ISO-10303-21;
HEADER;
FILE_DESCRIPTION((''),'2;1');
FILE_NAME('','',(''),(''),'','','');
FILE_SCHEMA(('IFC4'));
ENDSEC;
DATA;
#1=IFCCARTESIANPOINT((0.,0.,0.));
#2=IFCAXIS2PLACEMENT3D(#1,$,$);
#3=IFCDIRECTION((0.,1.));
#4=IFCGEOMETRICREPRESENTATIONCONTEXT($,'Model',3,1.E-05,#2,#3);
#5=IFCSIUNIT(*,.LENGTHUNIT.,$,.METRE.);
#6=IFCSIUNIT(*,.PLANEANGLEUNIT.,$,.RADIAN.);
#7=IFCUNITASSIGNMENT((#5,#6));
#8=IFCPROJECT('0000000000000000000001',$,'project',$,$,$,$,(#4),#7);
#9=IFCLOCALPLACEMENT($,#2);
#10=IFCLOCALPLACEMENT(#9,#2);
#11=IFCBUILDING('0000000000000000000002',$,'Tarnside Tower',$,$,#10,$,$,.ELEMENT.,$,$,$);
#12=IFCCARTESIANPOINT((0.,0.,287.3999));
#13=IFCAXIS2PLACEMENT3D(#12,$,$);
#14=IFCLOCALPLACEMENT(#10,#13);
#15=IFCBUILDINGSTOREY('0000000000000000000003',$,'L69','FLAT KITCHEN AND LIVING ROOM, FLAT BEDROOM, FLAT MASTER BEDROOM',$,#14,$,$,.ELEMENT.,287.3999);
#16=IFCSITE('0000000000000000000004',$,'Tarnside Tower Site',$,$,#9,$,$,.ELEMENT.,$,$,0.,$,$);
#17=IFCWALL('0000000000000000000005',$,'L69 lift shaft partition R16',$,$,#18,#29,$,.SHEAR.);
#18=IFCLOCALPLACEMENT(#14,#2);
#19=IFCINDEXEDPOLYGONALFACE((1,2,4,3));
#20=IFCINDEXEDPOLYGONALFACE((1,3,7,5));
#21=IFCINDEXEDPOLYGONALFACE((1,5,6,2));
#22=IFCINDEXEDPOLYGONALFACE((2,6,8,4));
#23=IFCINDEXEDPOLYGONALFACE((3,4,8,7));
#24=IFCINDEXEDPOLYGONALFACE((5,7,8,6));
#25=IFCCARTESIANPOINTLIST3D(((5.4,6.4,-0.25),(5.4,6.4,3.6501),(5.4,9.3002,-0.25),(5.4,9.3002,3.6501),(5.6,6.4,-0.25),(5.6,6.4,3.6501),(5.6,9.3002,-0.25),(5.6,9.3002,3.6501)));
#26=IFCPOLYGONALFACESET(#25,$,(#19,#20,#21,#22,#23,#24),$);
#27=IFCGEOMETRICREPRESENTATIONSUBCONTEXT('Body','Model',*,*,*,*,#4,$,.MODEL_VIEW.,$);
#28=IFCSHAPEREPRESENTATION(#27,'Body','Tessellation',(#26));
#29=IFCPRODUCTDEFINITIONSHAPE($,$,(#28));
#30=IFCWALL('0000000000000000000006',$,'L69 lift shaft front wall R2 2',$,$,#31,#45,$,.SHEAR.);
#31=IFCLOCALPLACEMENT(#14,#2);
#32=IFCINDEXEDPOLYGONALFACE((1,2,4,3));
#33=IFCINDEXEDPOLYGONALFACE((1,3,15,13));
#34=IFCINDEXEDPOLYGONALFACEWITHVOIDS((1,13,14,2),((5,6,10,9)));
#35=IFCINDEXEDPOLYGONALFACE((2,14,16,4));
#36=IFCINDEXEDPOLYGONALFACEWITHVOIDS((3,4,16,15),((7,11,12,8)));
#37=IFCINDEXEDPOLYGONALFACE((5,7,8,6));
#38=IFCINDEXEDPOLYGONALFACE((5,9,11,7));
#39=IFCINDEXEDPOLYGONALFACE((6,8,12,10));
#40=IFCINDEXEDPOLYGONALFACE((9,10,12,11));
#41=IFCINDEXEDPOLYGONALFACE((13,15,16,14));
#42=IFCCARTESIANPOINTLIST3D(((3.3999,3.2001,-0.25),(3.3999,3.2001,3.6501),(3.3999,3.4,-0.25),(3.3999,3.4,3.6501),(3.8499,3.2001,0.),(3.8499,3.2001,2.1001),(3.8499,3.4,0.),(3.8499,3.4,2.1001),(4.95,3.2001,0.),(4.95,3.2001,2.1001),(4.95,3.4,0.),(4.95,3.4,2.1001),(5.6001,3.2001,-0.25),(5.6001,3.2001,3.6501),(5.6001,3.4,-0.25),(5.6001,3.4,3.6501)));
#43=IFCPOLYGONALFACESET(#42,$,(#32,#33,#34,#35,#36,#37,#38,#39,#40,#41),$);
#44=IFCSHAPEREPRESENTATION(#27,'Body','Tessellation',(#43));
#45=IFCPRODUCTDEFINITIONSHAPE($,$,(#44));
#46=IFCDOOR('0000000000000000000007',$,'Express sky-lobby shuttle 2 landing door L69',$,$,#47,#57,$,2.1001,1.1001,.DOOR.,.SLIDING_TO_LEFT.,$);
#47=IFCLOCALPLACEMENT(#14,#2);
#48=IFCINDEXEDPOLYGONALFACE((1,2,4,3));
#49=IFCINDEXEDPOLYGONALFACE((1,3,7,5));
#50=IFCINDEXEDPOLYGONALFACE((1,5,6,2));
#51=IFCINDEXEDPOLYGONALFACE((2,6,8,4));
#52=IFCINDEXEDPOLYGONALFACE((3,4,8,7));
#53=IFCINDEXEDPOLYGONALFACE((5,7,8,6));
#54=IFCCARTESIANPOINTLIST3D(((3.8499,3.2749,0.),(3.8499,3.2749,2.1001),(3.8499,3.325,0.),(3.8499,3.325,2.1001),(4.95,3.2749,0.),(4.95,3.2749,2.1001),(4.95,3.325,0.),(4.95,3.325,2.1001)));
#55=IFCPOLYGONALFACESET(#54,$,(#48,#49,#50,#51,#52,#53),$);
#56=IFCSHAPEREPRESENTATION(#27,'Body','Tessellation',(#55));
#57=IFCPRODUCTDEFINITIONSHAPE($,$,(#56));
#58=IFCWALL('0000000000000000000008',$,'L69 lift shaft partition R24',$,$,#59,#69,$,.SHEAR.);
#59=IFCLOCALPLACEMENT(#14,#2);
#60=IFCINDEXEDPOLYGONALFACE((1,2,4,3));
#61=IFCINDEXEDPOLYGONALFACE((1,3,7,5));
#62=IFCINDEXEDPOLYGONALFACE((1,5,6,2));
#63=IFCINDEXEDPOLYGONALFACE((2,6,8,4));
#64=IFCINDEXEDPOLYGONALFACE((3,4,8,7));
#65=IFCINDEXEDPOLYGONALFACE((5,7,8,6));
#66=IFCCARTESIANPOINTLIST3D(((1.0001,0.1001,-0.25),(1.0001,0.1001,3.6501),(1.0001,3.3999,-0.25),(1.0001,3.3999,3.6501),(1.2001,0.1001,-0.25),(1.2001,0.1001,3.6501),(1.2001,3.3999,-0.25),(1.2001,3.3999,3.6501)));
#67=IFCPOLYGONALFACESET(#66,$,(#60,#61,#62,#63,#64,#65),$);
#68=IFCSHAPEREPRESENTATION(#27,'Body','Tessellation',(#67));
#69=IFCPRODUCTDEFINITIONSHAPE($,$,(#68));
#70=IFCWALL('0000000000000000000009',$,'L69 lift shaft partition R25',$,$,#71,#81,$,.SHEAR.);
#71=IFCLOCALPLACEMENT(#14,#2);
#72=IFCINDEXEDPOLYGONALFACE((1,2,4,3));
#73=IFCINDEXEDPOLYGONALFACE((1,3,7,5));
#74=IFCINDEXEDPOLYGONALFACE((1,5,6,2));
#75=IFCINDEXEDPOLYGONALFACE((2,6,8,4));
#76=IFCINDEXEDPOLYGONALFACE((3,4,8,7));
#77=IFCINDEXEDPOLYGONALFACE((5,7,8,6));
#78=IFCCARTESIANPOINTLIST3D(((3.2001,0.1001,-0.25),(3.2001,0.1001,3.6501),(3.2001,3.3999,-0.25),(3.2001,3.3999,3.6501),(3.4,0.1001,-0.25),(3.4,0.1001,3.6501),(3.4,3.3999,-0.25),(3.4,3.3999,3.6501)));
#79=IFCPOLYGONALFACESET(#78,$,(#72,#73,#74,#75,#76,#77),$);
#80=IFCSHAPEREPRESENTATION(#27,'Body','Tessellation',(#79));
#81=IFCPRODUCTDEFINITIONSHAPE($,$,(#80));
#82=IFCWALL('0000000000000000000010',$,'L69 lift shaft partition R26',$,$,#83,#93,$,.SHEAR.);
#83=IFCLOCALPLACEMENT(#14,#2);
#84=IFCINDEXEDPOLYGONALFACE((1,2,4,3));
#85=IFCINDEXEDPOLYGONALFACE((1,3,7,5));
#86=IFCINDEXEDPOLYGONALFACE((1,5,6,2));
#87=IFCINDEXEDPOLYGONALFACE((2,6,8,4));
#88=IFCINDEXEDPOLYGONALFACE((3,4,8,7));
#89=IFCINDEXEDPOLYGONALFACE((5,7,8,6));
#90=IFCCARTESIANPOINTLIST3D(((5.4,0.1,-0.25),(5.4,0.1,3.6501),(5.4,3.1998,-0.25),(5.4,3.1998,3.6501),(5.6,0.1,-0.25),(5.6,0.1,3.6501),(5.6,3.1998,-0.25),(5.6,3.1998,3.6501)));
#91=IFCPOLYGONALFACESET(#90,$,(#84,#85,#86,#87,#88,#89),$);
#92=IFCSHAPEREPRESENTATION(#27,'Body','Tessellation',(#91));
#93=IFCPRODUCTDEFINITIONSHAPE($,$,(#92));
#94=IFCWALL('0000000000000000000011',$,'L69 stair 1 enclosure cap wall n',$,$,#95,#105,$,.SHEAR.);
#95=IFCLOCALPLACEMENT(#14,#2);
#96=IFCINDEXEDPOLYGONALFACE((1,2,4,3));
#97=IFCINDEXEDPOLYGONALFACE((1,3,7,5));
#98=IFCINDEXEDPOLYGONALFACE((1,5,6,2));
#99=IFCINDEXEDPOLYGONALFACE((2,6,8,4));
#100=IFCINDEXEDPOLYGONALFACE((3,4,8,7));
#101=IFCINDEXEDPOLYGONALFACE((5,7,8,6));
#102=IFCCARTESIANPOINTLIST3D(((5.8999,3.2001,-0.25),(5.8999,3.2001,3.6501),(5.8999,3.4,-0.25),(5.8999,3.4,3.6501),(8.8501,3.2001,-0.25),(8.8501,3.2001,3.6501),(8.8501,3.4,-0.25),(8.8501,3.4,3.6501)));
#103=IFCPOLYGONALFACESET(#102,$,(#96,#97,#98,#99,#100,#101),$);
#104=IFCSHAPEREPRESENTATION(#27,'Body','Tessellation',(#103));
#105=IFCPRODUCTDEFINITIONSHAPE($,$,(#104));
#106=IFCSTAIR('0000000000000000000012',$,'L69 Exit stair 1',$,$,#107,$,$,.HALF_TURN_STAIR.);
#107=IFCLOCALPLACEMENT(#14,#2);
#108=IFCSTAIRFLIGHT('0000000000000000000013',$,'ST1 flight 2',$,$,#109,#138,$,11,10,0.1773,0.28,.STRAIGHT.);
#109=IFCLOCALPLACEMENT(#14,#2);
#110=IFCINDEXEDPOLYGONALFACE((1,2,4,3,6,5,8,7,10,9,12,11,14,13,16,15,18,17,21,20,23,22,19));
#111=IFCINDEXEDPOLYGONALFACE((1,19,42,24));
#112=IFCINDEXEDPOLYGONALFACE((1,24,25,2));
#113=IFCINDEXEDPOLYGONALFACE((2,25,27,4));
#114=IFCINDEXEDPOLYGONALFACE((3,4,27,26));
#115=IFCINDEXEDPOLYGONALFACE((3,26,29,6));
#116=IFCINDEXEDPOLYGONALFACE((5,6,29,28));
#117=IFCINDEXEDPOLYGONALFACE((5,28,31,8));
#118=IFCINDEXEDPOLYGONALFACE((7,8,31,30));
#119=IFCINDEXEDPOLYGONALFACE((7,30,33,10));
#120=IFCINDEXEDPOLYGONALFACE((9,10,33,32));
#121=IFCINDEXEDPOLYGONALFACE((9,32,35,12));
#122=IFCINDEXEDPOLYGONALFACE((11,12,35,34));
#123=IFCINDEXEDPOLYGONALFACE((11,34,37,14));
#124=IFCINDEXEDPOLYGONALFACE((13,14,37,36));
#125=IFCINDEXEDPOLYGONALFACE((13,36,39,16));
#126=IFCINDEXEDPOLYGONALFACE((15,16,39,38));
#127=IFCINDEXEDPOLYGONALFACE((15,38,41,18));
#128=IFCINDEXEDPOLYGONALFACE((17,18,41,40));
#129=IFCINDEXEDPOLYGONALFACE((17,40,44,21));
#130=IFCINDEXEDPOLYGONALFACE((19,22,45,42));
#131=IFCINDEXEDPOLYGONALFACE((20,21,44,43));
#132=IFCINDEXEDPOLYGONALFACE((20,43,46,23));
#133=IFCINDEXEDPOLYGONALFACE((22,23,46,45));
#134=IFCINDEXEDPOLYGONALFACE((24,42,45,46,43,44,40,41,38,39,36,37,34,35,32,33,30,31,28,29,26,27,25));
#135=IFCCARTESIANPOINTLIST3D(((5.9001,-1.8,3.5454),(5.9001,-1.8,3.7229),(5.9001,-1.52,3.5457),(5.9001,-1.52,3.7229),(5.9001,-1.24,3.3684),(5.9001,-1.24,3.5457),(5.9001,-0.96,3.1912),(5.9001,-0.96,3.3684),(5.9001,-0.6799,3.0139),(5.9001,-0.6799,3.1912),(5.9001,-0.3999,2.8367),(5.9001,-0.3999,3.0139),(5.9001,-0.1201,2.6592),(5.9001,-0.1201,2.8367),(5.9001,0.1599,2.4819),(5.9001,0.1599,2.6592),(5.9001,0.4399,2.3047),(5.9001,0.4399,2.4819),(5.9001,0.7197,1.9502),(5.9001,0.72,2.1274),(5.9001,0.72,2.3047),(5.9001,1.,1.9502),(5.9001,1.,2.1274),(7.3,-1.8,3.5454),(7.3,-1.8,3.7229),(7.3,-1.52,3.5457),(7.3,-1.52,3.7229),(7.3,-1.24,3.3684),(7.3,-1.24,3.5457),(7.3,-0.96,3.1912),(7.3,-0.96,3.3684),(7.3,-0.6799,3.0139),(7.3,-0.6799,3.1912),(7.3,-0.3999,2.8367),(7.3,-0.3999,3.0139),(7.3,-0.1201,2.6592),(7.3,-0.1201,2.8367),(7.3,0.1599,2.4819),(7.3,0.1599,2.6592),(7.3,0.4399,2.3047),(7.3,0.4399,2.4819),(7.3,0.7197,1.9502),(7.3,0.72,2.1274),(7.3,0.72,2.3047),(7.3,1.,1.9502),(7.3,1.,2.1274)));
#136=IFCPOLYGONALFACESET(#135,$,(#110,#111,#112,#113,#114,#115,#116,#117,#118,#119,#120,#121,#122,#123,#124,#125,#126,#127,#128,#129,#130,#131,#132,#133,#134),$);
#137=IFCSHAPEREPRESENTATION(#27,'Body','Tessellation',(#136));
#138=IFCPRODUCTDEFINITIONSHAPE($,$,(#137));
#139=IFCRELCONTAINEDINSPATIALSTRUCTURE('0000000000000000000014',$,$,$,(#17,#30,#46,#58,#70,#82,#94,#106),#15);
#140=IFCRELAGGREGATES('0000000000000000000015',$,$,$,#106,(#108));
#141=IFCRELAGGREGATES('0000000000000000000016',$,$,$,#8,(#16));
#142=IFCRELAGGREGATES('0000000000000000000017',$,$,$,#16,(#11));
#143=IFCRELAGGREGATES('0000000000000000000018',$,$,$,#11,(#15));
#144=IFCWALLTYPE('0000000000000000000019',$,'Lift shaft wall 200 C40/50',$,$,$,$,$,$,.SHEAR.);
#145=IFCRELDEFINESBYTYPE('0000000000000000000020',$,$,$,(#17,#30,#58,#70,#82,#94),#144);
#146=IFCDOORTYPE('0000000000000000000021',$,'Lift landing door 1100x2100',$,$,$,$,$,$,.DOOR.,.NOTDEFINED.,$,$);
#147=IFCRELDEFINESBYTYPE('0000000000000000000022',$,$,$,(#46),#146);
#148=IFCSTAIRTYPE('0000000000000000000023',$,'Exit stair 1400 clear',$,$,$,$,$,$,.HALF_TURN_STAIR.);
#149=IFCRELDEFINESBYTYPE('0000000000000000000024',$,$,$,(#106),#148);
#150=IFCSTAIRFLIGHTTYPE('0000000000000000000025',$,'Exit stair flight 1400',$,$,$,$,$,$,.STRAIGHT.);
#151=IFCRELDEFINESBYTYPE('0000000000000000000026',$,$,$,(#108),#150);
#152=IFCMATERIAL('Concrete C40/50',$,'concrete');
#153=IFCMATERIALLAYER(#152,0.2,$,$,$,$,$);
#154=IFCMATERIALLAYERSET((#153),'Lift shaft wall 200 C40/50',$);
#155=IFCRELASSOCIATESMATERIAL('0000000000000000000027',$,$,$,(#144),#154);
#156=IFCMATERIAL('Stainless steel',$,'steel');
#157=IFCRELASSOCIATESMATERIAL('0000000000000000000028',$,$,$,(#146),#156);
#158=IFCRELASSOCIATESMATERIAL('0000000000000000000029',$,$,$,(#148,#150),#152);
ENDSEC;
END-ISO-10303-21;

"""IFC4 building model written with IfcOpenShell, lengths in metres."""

from ifc_helpers import new_model, si_unit, direction, frame, frame_2d, origin, place, context, subcontext, project, spatial, polyline, rectangle, outline, extrude, material, layer, layer_set, type_object, element, fill, aggregate, save


model = new_model("IFC4")

# Units and contexts
model_context = context("Model", 3, precision=1e-05, world=origin(), true_north=direction((0.0, 1.0)))
body_context = subcontext(model_context, "Body", "Model", "MODEL_VIEW")
ifc_project = project(units=[si_unit("LENGTHUNIT", "METRE"), si_unit("PLANEANGLEUNIT", "RADIAN")], contexts=[model_context])

# Site, building, storey
site_placement = place(None, origin())
site = spatial("IfcSite", under=ifc_project, at=site_placement, Name="Tarnside Tower Site", CompositionType="ELEMENT", RefElevation=0.0)
building_placement = place(site_placement, origin())
building = spatial("IfcBuilding", under=site, at=building_placement, Name="Tarnside Tower", CompositionType="ELEMENT")
storey_placement = place(building_placement, frame((0.0, 0.0, 287.3999)))
storey = spatial("IfcBuildingStorey", under=building, at=storey_placement, Name="L69", Description="FLAT KITCHEN AND LIVING ROOM, FLAT BEDROOM, FLAT MASTER BEDROOM", CompositionType="ELEMENT", Elevation=287.3999)

# Shared definitions
ifc_material_1 = material(Name="Concrete C40/50", Category="concrete")

# Wall
ifc_layer_1 = layer(ifc_material_1, 0.2)
ifc_layer_set_1 = layer_set([ifc_layer_1], Name="Lift shaft wall 200 C40/50")
wall_type_1 = type_object("IfcWallType", Name="Lift shaft wall 200 C40/50", PredefinedType="SHEAR", material=ifc_layer_set_1)
for number, where, z_axis, x_axis, name in (
    (1, (5.5, 6.3999, -0.25), (0.0, 0.0, 1.0), (0.0, 1.0, 0.0), "L69 lift shaft partition R16"),
):
    element("IfcWall", number, at=place(storey_placement, frame(where, z_axis=z_axis, x_axis=x_axis)), inside=storey, type_object=wall_type_1, Name=name, PredefinedType="SHEAR", context=body_context, shape_type="SweptSolid", body=[
        extrude(rectangle(XDim=2.9001, YDim=0.2, at=frame_2d((1.4502, 0.0))), origin(), (0.0, 0.0, 1.0), 3.9001),
    ])

# Wall, opening, door
wall_1_placement = place(storey_placement, frame((3.3999, 3.3, -0.25), z_axis=(0.0, 0.0, 1.0), x_axis=(1.0, 0.0, 0.0)))
wall_1 = element("IfcWall", 2, at=wall_1_placement, inside=storey, type_object=wall_type_1, Name="L69 lift shaft front wall R2 2", PredefinedType="SHEAR", context=body_context, shape_type="SweptSolid", body=[
    extrude(rectangle(XDim=2.2002, YDim=0.2, at=frame_2d((1.1001, 0.0))), origin(), (0.0, 0.0, 1.0), 3.9001),
])
opening_1_placement = place(wall_1_placement, frame((0.45, 0.0, 0.25)))
opening_1 = element("IfcOpeningElement", 3, at=opening_1_placement, cuts=wall_1, PredefinedType="OPENING", context=body_context, shape_type="SweptSolid", body=[
    extrude(rectangle(XDim=1.1001, YDim=2.1001, at=frame_2d((0.55, 1.05))), frame((0.0, 0.1099, 0.0), z_axis=(0.0, -1.0, 0.0), x_axis=(1.0, 0.0, 0.0)), (0.0, 0.0, 1.0), 0.22),
])
ifc_material_2 = material(Name="Stainless steel", Category="steel")
door_type_1 = type_object("IfcDoorType", Name="Lift landing door 1100x2100", OperationType="NOTDEFINED", PredefinedType="DOOR", material=ifc_material_2)
door_1_placement = place(opening_1_placement, origin())
door_1 = element("IfcDoor", 4, at=door_1_placement, inside=storey, type_object=door_type_1, Name="Express sky-lobby shuttle 2 landing door L69", OperationType="SLIDING_TO_LEFT", OverallHeight=2.1001, OverallWidth=1.1001, PredefinedType="DOOR", context=body_context, shape_type="SweptSolid", body=[
    extrude(rectangle(XDim=1.1001, YDim=2.1001, at=frame_2d((0.55, 1.05))), frame((0.0, 0.0249, 0.0), z_axis=(0.0, -1.0, 0.0), x_axis=(1.0, 0.0, 0.0)), (0.0, 0.0, 1.0), 0.05),
])
fill(opening_1, door_1)

# Walls
for number, where, z_axis, x_axis, name in (
    (5, (1.1001, 0.1001, -0.25), (0.0, 0.0, 1.0), (0.0, 1.0, 0.0), "L69 lift shaft partition R24"),
    (6, (3.3, 0.1001, -0.25), (0.0, 0.0, 1.0), (0.0, 1.0, 0.0), "L69 lift shaft partition R25"),
):
    element("IfcWall", number, at=place(storey_placement, frame(where, z_axis=z_axis, x_axis=x_axis)), inside=storey, type_object=wall_type_1, Name=name, PredefinedType="SHEAR", context=body_context, shape_type="SweptSolid", body=[
        extrude(rectangle(XDim=3.2998, YDim=0.2, at=frame_2d((1.6499, 0.0))), origin(), (0.0, 0.0, 1.0), 3.9001),
    ])
wall_2_placement = place(storey_placement, frame((5.5, 0.1001, -0.25), z_axis=(0.0, 0.0, 1.0), x_axis=(0.0, 1.0, 0.0)))
element("IfcWall", 7, at=wall_2_placement, inside=storey, type_object=wall_type_1, Name="L69 lift shaft partition R26", PredefinedType="SHEAR", context=body_context, shape_type="SweptSolid", body=[
    extrude(rectangle(XDim=3.0999, YDim=0.2, at=frame_2d((1.5498, 0.0))), origin(), (0.0, 0.0, 1.0), 3.9001),
])
wall_3_placement = place(storey_placement, frame((5.8999, 3.3, -0.25), z_axis=(0.0, 0.0, 1.0), x_axis=(1.0, 0.0, 0.0)))
element("IfcWall", 8, at=wall_3_placement, inside=storey, type_object=wall_type_1, Name="L69 stair 1 enclosure cap wall n", PredefinedType="SHEAR", context=body_context, shape_type="SweptSolid", body=[
    extrude(rectangle(XDim=2.9502, YDim=0.2, at=frame_2d((1.4751, 0.0))), origin(), (0.0, 0.0, 1.0), 3.9001),
])

# Stair, stair flight
stair_type = type_object("IfcStairType", Name="Exit stair 1400 clear", PredefinedType="HALF_TURN_STAIR", material=ifc_material_1)
stair_placement = place(storey_placement, origin())
stair = element("IfcStair", 9, at=stair_placement, inside=storey, type_object=stair_type, Name="L69 Exit stair 1", PredefinedType="HALF_TURN_STAIR")
stair_flight_type = type_object("IfcStairFlightType", Name="Exit stair flight 1400", PredefinedType="STRAIGHT", material=ifc_material_1)
stair_flight_placement = place(storey_placement, frame((6.6001, 1.0, 1.9502), z_axis=(0.0, 0.0, 1.0), x_axis=(0.0, -1.0, 0.0)))
stair_flight = element("IfcStairFlight", 10, at=stair_flight_placement, type_object=stair_flight_type, Name="ST1 flight 2", NumberOfRisers=11, NumberOfTreads=10, PredefinedType="STRAIGHT", RiserHeight=0.1773, TreadLength=0.28, context=body_context, shape_type="SweptSolid", body=[
    extrude(outline(polyline([(0.0, 0.0), (0.0, 0.1772), (0.28, 0.1772), (0.28, 0.3545), (0.5601, 0.3545), (0.5601, 0.5317), (0.8401, 0.5317), (0.8401, 0.709), (1.1201, 0.709), (1.1201, 0.8865), (1.3999, 0.8865), (1.3999, 1.0637), (1.6799, 1.0637), (1.6799, 1.241), (1.96, 1.241), (1.96, 1.4182), (2.24, 1.4182), (2.24, 1.5955), (2.52, 1.5955), (2.52, 1.7727), (2.8, 1.7727), (2.8, 1.95), (2.8, 1.5952), (0.2803, 0.0), (0.0, 0.0)])), frame((0.0, 0.7, 0.0), z_axis=(0.0, -1.0, 0.0), x_axis=(1.0, 0.0, 0.0)), (0.0, 0.0, 1.0), 1.3999),
])
aggregate(stair, [stair_flight])

save(model, "model.ifc")
